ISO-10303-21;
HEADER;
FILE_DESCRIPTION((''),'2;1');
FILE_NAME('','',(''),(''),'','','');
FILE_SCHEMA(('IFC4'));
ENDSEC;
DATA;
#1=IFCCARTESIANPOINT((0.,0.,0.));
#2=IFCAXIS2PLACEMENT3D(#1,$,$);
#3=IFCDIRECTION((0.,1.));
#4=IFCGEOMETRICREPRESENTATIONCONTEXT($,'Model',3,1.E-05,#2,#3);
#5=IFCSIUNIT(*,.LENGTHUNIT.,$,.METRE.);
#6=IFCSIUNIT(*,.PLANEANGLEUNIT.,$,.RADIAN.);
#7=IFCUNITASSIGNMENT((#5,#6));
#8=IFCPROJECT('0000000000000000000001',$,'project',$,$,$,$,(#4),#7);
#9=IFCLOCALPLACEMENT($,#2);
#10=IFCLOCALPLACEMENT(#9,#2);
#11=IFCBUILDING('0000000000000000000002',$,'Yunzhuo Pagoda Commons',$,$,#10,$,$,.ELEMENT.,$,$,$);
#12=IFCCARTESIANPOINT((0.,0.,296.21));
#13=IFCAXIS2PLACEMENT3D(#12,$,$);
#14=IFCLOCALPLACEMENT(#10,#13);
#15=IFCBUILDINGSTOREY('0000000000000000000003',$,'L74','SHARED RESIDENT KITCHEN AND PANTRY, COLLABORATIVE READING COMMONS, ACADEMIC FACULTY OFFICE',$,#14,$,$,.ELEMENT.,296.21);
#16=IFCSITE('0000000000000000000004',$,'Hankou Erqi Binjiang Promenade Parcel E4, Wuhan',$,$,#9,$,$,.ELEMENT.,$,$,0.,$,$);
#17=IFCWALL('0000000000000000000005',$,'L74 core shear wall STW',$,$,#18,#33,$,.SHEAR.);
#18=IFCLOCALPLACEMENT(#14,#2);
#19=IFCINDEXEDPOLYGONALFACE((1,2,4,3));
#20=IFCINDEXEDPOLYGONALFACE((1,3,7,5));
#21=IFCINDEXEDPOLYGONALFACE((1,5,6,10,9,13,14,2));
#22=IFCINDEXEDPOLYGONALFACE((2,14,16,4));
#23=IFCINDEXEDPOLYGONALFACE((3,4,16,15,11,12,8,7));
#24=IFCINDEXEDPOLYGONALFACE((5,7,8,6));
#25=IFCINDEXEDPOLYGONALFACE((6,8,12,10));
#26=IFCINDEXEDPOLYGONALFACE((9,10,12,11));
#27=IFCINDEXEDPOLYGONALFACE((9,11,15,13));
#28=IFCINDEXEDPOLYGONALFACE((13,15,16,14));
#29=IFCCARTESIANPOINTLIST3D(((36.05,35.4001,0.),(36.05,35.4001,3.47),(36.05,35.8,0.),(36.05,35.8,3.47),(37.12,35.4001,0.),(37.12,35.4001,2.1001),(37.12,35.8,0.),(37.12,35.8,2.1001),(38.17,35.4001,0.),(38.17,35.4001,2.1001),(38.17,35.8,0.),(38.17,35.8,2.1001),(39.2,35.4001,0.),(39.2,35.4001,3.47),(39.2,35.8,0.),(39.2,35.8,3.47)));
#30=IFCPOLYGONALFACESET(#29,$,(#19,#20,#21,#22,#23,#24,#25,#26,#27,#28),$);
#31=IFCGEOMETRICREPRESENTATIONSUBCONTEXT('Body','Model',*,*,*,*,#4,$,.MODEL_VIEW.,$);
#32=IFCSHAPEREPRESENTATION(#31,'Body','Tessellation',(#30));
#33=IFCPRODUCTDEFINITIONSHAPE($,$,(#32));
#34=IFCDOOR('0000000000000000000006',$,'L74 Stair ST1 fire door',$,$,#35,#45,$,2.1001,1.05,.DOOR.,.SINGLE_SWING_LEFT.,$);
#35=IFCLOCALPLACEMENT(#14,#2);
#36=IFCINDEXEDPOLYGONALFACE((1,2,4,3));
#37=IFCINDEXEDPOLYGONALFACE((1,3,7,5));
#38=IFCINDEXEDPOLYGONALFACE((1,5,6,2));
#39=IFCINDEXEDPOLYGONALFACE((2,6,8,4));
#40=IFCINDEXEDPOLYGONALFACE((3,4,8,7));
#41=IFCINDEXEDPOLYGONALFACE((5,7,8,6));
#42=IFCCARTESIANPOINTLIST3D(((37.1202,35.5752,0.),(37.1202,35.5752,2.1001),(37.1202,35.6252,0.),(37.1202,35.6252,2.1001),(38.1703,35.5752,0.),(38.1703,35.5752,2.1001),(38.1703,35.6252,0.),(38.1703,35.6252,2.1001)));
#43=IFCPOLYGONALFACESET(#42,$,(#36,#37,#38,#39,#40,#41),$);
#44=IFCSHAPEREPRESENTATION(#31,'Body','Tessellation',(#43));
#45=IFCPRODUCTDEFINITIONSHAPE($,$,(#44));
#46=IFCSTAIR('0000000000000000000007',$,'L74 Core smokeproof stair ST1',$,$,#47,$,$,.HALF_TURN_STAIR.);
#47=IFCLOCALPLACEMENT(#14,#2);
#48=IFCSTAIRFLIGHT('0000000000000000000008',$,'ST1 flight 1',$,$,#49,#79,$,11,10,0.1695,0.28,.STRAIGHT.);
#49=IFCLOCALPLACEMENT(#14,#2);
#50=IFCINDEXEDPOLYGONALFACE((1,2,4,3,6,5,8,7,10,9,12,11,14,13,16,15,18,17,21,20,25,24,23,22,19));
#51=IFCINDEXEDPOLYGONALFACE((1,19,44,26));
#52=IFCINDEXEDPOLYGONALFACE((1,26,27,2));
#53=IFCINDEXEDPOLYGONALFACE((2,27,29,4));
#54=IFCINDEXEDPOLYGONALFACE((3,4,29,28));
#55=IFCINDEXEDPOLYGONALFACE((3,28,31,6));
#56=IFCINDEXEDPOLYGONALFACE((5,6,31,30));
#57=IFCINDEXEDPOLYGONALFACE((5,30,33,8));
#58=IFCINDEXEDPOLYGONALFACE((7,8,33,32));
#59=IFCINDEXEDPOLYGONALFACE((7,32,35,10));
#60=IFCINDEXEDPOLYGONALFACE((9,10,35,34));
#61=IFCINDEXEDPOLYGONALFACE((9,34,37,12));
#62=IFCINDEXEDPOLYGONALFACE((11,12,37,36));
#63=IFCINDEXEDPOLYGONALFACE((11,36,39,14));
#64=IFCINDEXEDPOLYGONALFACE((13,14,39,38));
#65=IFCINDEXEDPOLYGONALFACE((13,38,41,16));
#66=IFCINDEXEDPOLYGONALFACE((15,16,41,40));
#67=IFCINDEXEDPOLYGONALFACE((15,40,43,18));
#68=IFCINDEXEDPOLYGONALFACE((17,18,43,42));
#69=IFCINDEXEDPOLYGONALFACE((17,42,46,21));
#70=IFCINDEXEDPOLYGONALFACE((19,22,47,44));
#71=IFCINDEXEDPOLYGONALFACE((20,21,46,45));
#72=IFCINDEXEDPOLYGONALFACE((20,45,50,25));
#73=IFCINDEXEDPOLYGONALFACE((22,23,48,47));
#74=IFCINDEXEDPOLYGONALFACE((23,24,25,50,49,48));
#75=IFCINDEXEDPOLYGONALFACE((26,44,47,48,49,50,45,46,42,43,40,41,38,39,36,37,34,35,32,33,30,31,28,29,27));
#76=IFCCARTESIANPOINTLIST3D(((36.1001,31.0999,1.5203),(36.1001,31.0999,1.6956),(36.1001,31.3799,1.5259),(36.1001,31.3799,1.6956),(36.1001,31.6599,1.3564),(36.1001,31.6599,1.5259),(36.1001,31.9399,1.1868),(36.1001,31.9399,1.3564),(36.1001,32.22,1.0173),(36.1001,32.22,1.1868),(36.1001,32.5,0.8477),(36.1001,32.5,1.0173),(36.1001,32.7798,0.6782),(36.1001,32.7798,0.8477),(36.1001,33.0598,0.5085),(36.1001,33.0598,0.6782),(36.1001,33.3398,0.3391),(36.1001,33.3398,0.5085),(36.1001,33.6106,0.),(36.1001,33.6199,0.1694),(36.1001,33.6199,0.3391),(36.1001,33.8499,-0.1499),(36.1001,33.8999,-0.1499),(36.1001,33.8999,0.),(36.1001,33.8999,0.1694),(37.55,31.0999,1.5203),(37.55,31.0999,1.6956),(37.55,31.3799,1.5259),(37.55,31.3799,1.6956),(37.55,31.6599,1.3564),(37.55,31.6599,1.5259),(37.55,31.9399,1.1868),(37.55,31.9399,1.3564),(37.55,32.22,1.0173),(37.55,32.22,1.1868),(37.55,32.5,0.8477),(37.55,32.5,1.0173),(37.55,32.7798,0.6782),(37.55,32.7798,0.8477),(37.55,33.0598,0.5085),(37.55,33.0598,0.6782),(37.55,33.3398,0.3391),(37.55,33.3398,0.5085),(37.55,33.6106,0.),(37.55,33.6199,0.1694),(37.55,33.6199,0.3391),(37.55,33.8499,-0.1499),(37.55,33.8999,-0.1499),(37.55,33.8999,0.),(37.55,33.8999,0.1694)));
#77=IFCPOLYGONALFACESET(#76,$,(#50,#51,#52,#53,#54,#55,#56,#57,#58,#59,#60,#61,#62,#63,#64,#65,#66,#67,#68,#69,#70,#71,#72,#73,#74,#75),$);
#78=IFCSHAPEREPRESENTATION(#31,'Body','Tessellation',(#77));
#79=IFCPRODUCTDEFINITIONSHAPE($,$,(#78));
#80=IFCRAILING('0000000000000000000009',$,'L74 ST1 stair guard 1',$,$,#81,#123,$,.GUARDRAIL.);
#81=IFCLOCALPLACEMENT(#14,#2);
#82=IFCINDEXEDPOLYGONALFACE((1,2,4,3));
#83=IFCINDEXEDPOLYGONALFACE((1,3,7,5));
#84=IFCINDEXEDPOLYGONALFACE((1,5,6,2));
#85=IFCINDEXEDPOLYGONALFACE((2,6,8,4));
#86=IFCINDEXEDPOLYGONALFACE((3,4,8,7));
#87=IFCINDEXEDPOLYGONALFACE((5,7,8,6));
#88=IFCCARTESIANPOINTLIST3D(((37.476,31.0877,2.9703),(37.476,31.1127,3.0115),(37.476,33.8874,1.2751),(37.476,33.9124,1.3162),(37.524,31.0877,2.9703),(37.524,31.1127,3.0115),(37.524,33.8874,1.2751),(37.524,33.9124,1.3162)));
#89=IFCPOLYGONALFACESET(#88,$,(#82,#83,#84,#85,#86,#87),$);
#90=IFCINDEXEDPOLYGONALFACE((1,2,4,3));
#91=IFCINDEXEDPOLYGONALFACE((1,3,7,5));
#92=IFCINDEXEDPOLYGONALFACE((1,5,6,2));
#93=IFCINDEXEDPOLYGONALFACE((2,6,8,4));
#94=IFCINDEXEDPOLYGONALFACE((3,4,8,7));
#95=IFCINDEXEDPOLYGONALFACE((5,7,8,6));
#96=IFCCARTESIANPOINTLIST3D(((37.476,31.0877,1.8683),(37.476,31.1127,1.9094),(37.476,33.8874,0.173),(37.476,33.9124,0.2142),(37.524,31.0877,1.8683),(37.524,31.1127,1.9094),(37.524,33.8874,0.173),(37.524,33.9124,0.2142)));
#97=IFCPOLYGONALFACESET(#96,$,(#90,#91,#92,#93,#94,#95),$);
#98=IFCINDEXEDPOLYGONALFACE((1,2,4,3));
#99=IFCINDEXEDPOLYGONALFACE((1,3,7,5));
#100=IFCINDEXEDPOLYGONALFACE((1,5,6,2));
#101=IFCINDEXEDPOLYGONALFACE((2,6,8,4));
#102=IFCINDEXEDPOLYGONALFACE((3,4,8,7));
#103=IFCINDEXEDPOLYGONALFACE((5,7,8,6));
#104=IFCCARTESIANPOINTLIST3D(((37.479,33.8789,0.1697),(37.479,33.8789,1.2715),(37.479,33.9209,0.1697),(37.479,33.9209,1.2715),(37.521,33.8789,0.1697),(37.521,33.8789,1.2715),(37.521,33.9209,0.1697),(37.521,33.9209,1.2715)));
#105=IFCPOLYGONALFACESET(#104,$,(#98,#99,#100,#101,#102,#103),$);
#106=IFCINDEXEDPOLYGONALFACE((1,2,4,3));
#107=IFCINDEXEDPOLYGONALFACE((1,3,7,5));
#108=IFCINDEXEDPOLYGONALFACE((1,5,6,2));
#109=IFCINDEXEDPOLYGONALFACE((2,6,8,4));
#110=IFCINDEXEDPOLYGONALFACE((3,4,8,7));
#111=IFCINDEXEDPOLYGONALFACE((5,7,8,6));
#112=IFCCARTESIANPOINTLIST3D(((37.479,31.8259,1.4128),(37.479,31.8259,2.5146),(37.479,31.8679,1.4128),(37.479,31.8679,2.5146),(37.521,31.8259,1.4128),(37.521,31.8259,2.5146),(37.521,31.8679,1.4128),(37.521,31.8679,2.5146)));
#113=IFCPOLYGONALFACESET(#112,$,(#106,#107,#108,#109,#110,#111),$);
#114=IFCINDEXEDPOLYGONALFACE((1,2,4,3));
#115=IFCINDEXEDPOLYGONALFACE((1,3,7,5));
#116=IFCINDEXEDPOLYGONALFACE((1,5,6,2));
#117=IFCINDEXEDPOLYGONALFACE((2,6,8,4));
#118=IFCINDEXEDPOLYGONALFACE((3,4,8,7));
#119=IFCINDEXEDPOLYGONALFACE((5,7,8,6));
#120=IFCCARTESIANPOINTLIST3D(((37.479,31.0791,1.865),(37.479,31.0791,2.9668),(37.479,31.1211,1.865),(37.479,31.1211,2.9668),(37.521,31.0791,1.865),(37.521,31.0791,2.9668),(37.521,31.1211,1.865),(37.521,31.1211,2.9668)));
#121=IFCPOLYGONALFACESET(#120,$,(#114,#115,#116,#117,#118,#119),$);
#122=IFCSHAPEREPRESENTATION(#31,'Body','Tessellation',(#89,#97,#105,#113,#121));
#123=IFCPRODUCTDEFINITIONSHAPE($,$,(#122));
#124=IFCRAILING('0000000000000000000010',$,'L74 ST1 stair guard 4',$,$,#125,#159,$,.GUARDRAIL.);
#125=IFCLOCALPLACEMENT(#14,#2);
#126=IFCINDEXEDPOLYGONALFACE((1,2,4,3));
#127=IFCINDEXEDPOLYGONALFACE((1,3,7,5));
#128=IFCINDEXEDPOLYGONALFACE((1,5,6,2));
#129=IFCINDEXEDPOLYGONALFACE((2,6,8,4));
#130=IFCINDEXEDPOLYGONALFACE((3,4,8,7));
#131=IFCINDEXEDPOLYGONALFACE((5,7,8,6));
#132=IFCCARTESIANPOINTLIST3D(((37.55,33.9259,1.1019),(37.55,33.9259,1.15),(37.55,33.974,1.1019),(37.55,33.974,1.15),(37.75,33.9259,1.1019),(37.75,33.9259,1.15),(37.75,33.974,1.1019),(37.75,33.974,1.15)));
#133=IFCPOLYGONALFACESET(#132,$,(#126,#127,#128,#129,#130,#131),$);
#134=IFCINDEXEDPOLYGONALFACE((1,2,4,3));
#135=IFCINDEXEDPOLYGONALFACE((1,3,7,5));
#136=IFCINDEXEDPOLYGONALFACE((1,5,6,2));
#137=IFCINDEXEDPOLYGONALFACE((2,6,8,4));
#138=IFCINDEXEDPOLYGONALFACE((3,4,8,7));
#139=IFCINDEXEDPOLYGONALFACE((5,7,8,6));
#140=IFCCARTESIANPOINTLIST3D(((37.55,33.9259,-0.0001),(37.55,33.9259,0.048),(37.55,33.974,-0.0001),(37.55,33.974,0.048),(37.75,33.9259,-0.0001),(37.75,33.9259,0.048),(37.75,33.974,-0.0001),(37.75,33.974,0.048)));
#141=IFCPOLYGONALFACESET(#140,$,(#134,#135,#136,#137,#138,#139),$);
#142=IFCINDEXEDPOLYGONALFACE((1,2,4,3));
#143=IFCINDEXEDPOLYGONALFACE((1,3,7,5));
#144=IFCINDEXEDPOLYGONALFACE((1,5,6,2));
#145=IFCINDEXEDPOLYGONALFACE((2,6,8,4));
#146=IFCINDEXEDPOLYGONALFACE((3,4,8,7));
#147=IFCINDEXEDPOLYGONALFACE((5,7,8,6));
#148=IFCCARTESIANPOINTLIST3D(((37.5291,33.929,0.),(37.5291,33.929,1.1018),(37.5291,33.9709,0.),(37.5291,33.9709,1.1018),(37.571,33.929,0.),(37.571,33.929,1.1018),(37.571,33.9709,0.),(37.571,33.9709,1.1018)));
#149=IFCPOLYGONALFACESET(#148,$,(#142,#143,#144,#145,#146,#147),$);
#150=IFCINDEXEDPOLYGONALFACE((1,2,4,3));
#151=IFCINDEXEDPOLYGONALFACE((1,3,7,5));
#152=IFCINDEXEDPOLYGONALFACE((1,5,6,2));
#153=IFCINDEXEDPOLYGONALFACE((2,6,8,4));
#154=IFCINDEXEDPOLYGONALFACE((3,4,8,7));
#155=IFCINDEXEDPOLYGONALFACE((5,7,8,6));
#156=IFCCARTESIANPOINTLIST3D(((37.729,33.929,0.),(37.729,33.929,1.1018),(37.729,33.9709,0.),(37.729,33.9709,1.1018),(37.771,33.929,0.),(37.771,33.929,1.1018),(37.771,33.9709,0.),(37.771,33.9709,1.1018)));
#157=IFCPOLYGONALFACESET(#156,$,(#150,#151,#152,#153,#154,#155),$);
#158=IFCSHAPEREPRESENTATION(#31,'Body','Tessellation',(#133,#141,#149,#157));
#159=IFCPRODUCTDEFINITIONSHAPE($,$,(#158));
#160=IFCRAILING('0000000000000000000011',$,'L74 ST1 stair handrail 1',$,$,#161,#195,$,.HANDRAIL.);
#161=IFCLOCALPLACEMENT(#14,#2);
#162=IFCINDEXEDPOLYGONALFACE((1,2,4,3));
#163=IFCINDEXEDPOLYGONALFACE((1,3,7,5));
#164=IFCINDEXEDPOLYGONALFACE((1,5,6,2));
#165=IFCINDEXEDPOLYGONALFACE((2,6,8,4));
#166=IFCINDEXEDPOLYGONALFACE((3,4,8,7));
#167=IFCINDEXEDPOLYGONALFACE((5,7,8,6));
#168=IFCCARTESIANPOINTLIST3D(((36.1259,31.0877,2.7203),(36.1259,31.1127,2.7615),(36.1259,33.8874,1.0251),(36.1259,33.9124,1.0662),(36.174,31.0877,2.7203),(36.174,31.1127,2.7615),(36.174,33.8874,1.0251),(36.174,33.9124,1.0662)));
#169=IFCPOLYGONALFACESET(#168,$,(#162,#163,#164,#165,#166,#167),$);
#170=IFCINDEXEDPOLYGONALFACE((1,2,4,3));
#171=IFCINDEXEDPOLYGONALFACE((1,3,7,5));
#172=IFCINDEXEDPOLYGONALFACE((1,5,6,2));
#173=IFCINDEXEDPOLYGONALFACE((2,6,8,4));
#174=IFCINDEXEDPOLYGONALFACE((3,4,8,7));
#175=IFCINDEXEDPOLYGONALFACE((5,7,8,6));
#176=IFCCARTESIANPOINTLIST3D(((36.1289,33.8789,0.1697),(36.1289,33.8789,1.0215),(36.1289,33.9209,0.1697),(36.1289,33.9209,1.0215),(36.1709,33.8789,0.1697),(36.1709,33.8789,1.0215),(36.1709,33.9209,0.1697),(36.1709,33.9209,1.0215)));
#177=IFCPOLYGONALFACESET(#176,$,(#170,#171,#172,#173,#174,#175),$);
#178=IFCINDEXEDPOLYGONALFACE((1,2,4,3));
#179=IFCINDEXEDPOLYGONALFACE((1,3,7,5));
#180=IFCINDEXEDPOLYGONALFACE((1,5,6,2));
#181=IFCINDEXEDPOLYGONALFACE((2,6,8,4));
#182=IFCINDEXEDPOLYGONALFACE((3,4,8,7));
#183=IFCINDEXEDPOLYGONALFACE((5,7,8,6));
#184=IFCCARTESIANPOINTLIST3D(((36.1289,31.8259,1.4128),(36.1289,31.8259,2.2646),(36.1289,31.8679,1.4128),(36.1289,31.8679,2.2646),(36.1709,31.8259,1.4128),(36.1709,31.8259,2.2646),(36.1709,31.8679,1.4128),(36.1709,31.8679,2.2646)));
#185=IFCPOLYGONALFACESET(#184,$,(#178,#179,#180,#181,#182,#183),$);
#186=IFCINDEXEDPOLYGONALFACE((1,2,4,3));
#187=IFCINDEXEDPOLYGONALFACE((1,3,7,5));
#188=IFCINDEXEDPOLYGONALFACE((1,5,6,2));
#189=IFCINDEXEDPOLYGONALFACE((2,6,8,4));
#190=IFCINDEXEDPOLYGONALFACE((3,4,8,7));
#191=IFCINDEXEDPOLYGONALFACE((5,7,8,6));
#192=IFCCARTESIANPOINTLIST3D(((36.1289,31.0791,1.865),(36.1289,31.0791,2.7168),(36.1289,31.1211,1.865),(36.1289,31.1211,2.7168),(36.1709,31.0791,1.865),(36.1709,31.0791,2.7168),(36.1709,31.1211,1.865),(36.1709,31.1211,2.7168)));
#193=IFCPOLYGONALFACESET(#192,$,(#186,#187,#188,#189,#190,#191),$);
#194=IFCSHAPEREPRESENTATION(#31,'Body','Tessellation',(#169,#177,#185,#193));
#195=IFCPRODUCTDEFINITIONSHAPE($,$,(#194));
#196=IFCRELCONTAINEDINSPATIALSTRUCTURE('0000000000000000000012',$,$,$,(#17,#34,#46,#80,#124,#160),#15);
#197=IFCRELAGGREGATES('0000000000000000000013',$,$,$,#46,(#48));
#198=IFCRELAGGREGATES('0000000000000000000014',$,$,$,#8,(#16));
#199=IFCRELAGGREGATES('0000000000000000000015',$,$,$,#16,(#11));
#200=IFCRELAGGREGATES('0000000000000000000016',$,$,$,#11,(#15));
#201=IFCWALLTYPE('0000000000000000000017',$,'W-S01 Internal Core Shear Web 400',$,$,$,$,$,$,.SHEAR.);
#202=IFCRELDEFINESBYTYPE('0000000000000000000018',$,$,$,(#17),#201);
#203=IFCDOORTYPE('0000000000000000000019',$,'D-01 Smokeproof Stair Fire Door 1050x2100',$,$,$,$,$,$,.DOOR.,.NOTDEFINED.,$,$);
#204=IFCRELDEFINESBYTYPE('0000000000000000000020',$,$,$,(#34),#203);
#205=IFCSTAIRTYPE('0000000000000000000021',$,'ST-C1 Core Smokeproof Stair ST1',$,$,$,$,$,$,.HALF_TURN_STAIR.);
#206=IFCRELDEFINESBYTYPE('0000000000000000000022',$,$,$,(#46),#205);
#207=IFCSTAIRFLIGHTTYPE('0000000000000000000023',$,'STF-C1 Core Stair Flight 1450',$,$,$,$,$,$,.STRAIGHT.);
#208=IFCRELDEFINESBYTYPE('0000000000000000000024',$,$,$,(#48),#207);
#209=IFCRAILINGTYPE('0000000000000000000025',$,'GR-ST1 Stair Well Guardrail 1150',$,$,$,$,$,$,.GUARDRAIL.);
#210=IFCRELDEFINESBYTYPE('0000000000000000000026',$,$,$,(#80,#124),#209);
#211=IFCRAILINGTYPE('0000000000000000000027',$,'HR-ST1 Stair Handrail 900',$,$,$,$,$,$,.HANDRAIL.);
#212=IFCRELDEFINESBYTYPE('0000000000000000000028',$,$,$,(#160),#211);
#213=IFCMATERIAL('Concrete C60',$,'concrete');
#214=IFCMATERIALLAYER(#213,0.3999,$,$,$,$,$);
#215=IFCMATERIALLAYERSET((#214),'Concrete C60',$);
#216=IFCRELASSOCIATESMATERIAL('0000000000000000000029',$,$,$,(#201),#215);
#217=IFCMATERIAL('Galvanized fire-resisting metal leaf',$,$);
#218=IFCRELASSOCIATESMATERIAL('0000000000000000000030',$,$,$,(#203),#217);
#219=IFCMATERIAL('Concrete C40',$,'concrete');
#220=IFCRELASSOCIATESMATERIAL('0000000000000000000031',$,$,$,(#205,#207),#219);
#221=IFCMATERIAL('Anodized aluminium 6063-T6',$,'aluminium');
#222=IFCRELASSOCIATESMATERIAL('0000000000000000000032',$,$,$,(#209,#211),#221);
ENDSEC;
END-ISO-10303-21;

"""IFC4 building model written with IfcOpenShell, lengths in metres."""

from ifc_helpers import new_model, si_unit, direction, frame, frame_2d, origin, origin_2d, place, context, subcontext, project, spatial, polyline, rectangle, outline, extrude, source, transform, mapped, material, layer, layer_set, type_object, element, fill, aggregate, save


model = new_model("IFC4")

# Units and contexts
model_context = context("Model", 3, precision=1e-05, world=origin(), true_north=direction((0.0, 1.0)))
body_context = subcontext(model_context, "Body", "Model", "MODEL_VIEW")
ifc_project = project(units=[si_unit("LENGTHUNIT", "METRE"), si_unit("PLANEANGLEUNIT", "RADIAN")], contexts=[model_context])

# Site, building, storey
site_placement = place(None, origin())
site = spatial("IfcSite", under=ifc_project, at=site_placement, Name="Hankou Erqi Binjiang Promenade Parcel E4, Wuhan", CompositionType="ELEMENT", RefElevation=0.0)
building_placement = place(site_placement, origin())
building = spatial("IfcBuilding", under=site, at=building_placement, Name="Yunzhuo Pagoda Commons", CompositionType="ELEMENT")
storey_placement = place(building_placement, frame((0.0, 0.0, 296.21)))
storey = spatial("IfcBuildingStorey", under=building, at=storey_placement, Name="L74", Description="SHARED RESIDENT KITCHEN AND PANTRY, COLLABORATIVE READING COMMONS, ACADEMIC FACULTY OFFICE", CompositionType="ELEMENT", Elevation=296.21)

# Shared definitions
ifc_material_1 = material(Name="Galvanized fire-resisting metal leaf")
shared_shape_1 = source(origin(), body_context, "Body", "SweptSolid", [
    extrude(rectangle(XDim=1.05, YDim=2.1001, at=frame_2d((0.5249, 1.05))), frame((0.0, 0.0249, 0.0), z_axis=(0.0, -1.0, 0.0), x_axis=(1.0, 0.0, 0.0)), (0.0, 0.0, 1.0), 0.05),
])

# Wall, opening, door
ifc_material_2 = material(Name="Concrete C60", Category="concrete")
ifc_layer_1 = layer(ifc_material_2, 0.3999)
ifc_layer_set_1 = layer_set([ifc_layer_1], Name="Concrete C60")
wall_type_1 = type_object("IfcWallType", Name="W-S01 Internal Core Shear Web 400", PredefinedType="SHEAR", material=ifc_layer_set_1)
wall_1_placement = place(storey_placement, frame((36.05, 35.6001, 0.0), z_axis=(0.0, 0.0, 1.0), x_axis=(1.0, 0.0, 0.0)))
wall_1 = element("IfcWall", 1, at=wall_1_placement, inside=storey, type_object=wall_type_1, Name="L74 core shear wall STW", PredefinedType="SHEAR", context=body_context, shape_type="SweptSolid", body=[
    extrude(rectangle(XDim=3.1499, YDim=0.3999, at=frame_2d((1.575, 0.0))), origin(), (0.0, 0.0, 1.0), 3.47),
])
opening_1_placement = place(wall_1_placement, frame((1.0701, 0.0, 0.0)))
opening_1 = element("IfcOpeningElement", 2, at=opening_1_placement, cuts=wall_1, PredefinedType="OPENING", context=body_context, shape_type="SweptSolid", body=[
    extrude(rectangle(XDim=1.05, YDim=2.1001, at=frame_2d((0.5249, 1.05))), frame((0.0, 0.21, 0.0), z_axis=(0.0, -1.0, 0.0), x_axis=(1.0, 0.0, 0.0)), (0.0, 0.0, 1.0), 0.4199),
])
door_type_1 = type_object("IfcDoorType", Name="D-01 Smokeproof Stair Fire Door 1050x2100", OperationType="NOTDEFINED", PredefinedType="DOOR", material=ifc_material_1)
door_1_placement = place(opening_1_placement, frame((1.05, 0.0, 0.0), z_axis=(0.0, 0.0, 1.0), x_axis=(-1.0, 0.0, 0.0)))
door_1 = element("IfcDoor", 3, at=door_1_placement, inside=storey, type_object=door_type_1, Name="L74 Stair ST1 fire door", OperationType="SINGLE_SWING_LEFT", OverallHeight=2.1001, OverallWidth=1.05, PredefinedType="DOOR", context=body_context, shape_type="MappedRepresentation", body=[
    mapped(shared_shape_1, transform((0.0, 0.0, 0.0), scale=1.0)),
])
fill(opening_1, door_1)

# Stair, stair flight
ifc_material_3 = material(Name="Concrete C40", Category="concrete")
stair_type = type_object("IfcStairType", Name="ST-C1 Core Smokeproof Stair ST1", PredefinedType="HALF_TURN_STAIR", material=ifc_material_3)
stair_placement = place(storey_placement, origin())
stair = element("IfcStair", 4, at=stair_placement, inside=storey, type_object=stair_type, Name="L74 Core smokeproof stair ST1", PredefinedType="HALF_TURN_STAIR")
stair_flight_type = type_object("IfcStairFlightType", Name="STF-C1 Core Stair Flight 1450", PredefinedType="STRAIGHT", material=ifc_material_3)
shared_shape_2 = source(origin(), body_context, "Body", "SweptSolid", [
    extrude(outline(polyline([(0.0, -0.1499), (0.0, 0.0), (0.0, 0.1694), (0.28, 0.1694), (0.28, 0.3391), (0.5601, 0.3391), (0.5601, 0.5085), (0.8401, 0.5085), (0.8401, 0.6782), (1.1201, 0.6782), (1.1201, 0.8477), (1.3999, 0.8477), (1.3999, 1.0173), (1.6799, 1.0173), (1.6799, 1.1868), (1.96, 1.1868), (1.96, 1.3564), (2.24, 1.3564), (2.24, 1.5259), (2.52, 1.5259), (2.52, 1.6956), (2.8, 1.6956), (2.8, 1.865), (2.8, 1.5203), (0.2893, 0.0), (0.05, -0.1499), (0.0, -0.1499)])), frame((0.0, 0.7251, 0.0), z_axis=(0.0, -1.0, 0.0), x_axis=(1.0, 0.0, 0.0)), (0.0, 0.0, 1.0), 1.45),
])
stair_flight_placement = place(storey_placement, frame((36.825, 33.8999, 0.0), z_axis=(0.0, 0.0, 1.0), x_axis=(0.0, -1.0, 0.0)))
stair_flight = element("IfcStairFlight", 5, at=stair_flight_placement, type_object=stair_flight_type, Name="ST1 flight 1", NumberOfRisers=11, NumberOfTreads=10, PredefinedType="STRAIGHT", RiserHeight=0.1695, TreadLength=0.28, context=body_context, shape_type="MappedRepresentation", body=[
    mapped(shared_shape_2, transform((0.0, 0.0, 0.0), scale=1.0)),
])
aggregate(stair, [stair_flight])

# Railings
ifc_material_4 = material(Name="Anodized aluminium 6063-T6", Category="aluminium")
railing_type_1 = type_object("IfcRailingType", Name="GR-ST1 Stair Well Guardrail 1150", PredefinedType="GUARDRAIL", material=ifc_material_4)
railing_1_placement = place(storey_placement, frame((37.5, 33.8999, 0.1697)))
element("IfcRailing", 6, at=railing_1_placement, inside=storey, type_object=railing_type_1, Name="L74 ST1 stair guard 1", PredefinedType="GUARDRAIL", context=body_context, shape_type="SweptSolid", body=[
    extrude(rectangle(XDim=0.0481, YDim=0.0481, at=origin_2d()), frame((0.0, 0.0, 1.126), z_axis=(0.0, -0.855406, 0.517958), x_axis=(1.0, 0.0, 0.0)), (0.0, 0.0, 1.0), 3.2729),
    extrude(rectangle(XDim=0.0481, YDim=0.0481, at=origin_2d()), frame((0.0, 0.0, 0.0239), z_axis=(0.0, -0.855406, 0.517958), x_axis=(1.0, 0.0, 0.0)), (0.0, 0.0, 1.0), 3.2729),
    extrude(rectangle(XDim=0.042, YDim=0.042, at=origin_2d()), origin(), (0.0, 0.0, 1.0), 1.1018),
    extrude(rectangle(XDim=0.042, YDim=0.042, at=origin_2d()), frame((0.0, -2.053, 1.2432)), (0.0, 0.0, 1.0), 1.1018),
    extrude(rectangle(XDim=0.042, YDim=0.042, at=origin_2d()), frame((0.0, -2.7998, 1.6953)), (0.0, 0.0, 1.0), 1.1018),
])
railing_2_placement = place(storey_placement, frame((37.55, 33.95, 0.0)))
element("IfcRailing", 7, at=railing_2_placement, inside=storey, type_object=railing_type_1, Name="L74 ST1 stair guard 4", PredefinedType="GUARDRAIL", context=body_context, shape_type="SweptSolid", body=[
    extrude(rectangle(XDim=0.0481, YDim=0.0481, at=origin_2d()), frame((0.0, 0.0, 1.126), z_axis=(1.0, 0.0, 0.0), x_axis=(0.0, 1.0, 0.0)), (0.0, 0.0, 1.0), 0.2),
    extrude(rectangle(XDim=0.0481, YDim=0.0481, at=origin_2d()), frame((0.0, 0.0, 0.0239), z_axis=(1.0, 0.0, 0.0), x_axis=(0.0, 1.0, 0.0)), (0.0, 0.0, 1.0), 0.2),
    extrude(rectangle(XDim=0.042, YDim=0.042, at=origin_2d()), origin(), (0.0, 0.0, 1.0), 1.1018),
    extrude(rectangle(XDim=0.042, YDim=0.042, at=origin_2d()), frame((0.2, 0.0, 0.0)), (0.0, 0.0, 1.0), 1.1018),
])
railing_type_2 = type_object("IfcRailingType", Name="HR-ST1 Stair Handrail 900", PredefinedType="HANDRAIL", material=ifc_material_4)
railing_3_placement = place(storey_placement, frame((36.1499, 33.8999, 0.1697)))
element("IfcRailing", 8, at=railing_3_placement, inside=storey, type_object=railing_type_2, Name="L74 ST1 stair handrail 1", PredefinedType="HANDRAIL", context=body_context, shape_type="SweptSolid", body=[
    extrude(rectangle(XDim=0.0481, YDim=0.0481, at=origin_2d()), frame((0.0, 0.0, 0.876), z_axis=(0.0, -0.855406, 0.517958), x_axis=(1.0, 0.0, 0.0)), (0.0, 0.0, 1.0), 3.2729),
    extrude(rectangle(XDim=0.042, YDim=0.042, at=origin_2d()), origin(), (0.0, 0.0, 1.0), 0.8518),
    extrude(rectangle(XDim=0.042, YDim=0.042, at=origin_2d()), frame((0.0, -2.053, 1.2432)), (0.0, 0.0, 1.0), 0.8518),
    extrude(rectangle(XDim=0.042, YDim=0.042, at=origin_2d()), frame((0.0, -2.7998, 1.6953)), (0.0, 0.0, 1.0), 0.8518),
])

save(model, "model.ifc")
